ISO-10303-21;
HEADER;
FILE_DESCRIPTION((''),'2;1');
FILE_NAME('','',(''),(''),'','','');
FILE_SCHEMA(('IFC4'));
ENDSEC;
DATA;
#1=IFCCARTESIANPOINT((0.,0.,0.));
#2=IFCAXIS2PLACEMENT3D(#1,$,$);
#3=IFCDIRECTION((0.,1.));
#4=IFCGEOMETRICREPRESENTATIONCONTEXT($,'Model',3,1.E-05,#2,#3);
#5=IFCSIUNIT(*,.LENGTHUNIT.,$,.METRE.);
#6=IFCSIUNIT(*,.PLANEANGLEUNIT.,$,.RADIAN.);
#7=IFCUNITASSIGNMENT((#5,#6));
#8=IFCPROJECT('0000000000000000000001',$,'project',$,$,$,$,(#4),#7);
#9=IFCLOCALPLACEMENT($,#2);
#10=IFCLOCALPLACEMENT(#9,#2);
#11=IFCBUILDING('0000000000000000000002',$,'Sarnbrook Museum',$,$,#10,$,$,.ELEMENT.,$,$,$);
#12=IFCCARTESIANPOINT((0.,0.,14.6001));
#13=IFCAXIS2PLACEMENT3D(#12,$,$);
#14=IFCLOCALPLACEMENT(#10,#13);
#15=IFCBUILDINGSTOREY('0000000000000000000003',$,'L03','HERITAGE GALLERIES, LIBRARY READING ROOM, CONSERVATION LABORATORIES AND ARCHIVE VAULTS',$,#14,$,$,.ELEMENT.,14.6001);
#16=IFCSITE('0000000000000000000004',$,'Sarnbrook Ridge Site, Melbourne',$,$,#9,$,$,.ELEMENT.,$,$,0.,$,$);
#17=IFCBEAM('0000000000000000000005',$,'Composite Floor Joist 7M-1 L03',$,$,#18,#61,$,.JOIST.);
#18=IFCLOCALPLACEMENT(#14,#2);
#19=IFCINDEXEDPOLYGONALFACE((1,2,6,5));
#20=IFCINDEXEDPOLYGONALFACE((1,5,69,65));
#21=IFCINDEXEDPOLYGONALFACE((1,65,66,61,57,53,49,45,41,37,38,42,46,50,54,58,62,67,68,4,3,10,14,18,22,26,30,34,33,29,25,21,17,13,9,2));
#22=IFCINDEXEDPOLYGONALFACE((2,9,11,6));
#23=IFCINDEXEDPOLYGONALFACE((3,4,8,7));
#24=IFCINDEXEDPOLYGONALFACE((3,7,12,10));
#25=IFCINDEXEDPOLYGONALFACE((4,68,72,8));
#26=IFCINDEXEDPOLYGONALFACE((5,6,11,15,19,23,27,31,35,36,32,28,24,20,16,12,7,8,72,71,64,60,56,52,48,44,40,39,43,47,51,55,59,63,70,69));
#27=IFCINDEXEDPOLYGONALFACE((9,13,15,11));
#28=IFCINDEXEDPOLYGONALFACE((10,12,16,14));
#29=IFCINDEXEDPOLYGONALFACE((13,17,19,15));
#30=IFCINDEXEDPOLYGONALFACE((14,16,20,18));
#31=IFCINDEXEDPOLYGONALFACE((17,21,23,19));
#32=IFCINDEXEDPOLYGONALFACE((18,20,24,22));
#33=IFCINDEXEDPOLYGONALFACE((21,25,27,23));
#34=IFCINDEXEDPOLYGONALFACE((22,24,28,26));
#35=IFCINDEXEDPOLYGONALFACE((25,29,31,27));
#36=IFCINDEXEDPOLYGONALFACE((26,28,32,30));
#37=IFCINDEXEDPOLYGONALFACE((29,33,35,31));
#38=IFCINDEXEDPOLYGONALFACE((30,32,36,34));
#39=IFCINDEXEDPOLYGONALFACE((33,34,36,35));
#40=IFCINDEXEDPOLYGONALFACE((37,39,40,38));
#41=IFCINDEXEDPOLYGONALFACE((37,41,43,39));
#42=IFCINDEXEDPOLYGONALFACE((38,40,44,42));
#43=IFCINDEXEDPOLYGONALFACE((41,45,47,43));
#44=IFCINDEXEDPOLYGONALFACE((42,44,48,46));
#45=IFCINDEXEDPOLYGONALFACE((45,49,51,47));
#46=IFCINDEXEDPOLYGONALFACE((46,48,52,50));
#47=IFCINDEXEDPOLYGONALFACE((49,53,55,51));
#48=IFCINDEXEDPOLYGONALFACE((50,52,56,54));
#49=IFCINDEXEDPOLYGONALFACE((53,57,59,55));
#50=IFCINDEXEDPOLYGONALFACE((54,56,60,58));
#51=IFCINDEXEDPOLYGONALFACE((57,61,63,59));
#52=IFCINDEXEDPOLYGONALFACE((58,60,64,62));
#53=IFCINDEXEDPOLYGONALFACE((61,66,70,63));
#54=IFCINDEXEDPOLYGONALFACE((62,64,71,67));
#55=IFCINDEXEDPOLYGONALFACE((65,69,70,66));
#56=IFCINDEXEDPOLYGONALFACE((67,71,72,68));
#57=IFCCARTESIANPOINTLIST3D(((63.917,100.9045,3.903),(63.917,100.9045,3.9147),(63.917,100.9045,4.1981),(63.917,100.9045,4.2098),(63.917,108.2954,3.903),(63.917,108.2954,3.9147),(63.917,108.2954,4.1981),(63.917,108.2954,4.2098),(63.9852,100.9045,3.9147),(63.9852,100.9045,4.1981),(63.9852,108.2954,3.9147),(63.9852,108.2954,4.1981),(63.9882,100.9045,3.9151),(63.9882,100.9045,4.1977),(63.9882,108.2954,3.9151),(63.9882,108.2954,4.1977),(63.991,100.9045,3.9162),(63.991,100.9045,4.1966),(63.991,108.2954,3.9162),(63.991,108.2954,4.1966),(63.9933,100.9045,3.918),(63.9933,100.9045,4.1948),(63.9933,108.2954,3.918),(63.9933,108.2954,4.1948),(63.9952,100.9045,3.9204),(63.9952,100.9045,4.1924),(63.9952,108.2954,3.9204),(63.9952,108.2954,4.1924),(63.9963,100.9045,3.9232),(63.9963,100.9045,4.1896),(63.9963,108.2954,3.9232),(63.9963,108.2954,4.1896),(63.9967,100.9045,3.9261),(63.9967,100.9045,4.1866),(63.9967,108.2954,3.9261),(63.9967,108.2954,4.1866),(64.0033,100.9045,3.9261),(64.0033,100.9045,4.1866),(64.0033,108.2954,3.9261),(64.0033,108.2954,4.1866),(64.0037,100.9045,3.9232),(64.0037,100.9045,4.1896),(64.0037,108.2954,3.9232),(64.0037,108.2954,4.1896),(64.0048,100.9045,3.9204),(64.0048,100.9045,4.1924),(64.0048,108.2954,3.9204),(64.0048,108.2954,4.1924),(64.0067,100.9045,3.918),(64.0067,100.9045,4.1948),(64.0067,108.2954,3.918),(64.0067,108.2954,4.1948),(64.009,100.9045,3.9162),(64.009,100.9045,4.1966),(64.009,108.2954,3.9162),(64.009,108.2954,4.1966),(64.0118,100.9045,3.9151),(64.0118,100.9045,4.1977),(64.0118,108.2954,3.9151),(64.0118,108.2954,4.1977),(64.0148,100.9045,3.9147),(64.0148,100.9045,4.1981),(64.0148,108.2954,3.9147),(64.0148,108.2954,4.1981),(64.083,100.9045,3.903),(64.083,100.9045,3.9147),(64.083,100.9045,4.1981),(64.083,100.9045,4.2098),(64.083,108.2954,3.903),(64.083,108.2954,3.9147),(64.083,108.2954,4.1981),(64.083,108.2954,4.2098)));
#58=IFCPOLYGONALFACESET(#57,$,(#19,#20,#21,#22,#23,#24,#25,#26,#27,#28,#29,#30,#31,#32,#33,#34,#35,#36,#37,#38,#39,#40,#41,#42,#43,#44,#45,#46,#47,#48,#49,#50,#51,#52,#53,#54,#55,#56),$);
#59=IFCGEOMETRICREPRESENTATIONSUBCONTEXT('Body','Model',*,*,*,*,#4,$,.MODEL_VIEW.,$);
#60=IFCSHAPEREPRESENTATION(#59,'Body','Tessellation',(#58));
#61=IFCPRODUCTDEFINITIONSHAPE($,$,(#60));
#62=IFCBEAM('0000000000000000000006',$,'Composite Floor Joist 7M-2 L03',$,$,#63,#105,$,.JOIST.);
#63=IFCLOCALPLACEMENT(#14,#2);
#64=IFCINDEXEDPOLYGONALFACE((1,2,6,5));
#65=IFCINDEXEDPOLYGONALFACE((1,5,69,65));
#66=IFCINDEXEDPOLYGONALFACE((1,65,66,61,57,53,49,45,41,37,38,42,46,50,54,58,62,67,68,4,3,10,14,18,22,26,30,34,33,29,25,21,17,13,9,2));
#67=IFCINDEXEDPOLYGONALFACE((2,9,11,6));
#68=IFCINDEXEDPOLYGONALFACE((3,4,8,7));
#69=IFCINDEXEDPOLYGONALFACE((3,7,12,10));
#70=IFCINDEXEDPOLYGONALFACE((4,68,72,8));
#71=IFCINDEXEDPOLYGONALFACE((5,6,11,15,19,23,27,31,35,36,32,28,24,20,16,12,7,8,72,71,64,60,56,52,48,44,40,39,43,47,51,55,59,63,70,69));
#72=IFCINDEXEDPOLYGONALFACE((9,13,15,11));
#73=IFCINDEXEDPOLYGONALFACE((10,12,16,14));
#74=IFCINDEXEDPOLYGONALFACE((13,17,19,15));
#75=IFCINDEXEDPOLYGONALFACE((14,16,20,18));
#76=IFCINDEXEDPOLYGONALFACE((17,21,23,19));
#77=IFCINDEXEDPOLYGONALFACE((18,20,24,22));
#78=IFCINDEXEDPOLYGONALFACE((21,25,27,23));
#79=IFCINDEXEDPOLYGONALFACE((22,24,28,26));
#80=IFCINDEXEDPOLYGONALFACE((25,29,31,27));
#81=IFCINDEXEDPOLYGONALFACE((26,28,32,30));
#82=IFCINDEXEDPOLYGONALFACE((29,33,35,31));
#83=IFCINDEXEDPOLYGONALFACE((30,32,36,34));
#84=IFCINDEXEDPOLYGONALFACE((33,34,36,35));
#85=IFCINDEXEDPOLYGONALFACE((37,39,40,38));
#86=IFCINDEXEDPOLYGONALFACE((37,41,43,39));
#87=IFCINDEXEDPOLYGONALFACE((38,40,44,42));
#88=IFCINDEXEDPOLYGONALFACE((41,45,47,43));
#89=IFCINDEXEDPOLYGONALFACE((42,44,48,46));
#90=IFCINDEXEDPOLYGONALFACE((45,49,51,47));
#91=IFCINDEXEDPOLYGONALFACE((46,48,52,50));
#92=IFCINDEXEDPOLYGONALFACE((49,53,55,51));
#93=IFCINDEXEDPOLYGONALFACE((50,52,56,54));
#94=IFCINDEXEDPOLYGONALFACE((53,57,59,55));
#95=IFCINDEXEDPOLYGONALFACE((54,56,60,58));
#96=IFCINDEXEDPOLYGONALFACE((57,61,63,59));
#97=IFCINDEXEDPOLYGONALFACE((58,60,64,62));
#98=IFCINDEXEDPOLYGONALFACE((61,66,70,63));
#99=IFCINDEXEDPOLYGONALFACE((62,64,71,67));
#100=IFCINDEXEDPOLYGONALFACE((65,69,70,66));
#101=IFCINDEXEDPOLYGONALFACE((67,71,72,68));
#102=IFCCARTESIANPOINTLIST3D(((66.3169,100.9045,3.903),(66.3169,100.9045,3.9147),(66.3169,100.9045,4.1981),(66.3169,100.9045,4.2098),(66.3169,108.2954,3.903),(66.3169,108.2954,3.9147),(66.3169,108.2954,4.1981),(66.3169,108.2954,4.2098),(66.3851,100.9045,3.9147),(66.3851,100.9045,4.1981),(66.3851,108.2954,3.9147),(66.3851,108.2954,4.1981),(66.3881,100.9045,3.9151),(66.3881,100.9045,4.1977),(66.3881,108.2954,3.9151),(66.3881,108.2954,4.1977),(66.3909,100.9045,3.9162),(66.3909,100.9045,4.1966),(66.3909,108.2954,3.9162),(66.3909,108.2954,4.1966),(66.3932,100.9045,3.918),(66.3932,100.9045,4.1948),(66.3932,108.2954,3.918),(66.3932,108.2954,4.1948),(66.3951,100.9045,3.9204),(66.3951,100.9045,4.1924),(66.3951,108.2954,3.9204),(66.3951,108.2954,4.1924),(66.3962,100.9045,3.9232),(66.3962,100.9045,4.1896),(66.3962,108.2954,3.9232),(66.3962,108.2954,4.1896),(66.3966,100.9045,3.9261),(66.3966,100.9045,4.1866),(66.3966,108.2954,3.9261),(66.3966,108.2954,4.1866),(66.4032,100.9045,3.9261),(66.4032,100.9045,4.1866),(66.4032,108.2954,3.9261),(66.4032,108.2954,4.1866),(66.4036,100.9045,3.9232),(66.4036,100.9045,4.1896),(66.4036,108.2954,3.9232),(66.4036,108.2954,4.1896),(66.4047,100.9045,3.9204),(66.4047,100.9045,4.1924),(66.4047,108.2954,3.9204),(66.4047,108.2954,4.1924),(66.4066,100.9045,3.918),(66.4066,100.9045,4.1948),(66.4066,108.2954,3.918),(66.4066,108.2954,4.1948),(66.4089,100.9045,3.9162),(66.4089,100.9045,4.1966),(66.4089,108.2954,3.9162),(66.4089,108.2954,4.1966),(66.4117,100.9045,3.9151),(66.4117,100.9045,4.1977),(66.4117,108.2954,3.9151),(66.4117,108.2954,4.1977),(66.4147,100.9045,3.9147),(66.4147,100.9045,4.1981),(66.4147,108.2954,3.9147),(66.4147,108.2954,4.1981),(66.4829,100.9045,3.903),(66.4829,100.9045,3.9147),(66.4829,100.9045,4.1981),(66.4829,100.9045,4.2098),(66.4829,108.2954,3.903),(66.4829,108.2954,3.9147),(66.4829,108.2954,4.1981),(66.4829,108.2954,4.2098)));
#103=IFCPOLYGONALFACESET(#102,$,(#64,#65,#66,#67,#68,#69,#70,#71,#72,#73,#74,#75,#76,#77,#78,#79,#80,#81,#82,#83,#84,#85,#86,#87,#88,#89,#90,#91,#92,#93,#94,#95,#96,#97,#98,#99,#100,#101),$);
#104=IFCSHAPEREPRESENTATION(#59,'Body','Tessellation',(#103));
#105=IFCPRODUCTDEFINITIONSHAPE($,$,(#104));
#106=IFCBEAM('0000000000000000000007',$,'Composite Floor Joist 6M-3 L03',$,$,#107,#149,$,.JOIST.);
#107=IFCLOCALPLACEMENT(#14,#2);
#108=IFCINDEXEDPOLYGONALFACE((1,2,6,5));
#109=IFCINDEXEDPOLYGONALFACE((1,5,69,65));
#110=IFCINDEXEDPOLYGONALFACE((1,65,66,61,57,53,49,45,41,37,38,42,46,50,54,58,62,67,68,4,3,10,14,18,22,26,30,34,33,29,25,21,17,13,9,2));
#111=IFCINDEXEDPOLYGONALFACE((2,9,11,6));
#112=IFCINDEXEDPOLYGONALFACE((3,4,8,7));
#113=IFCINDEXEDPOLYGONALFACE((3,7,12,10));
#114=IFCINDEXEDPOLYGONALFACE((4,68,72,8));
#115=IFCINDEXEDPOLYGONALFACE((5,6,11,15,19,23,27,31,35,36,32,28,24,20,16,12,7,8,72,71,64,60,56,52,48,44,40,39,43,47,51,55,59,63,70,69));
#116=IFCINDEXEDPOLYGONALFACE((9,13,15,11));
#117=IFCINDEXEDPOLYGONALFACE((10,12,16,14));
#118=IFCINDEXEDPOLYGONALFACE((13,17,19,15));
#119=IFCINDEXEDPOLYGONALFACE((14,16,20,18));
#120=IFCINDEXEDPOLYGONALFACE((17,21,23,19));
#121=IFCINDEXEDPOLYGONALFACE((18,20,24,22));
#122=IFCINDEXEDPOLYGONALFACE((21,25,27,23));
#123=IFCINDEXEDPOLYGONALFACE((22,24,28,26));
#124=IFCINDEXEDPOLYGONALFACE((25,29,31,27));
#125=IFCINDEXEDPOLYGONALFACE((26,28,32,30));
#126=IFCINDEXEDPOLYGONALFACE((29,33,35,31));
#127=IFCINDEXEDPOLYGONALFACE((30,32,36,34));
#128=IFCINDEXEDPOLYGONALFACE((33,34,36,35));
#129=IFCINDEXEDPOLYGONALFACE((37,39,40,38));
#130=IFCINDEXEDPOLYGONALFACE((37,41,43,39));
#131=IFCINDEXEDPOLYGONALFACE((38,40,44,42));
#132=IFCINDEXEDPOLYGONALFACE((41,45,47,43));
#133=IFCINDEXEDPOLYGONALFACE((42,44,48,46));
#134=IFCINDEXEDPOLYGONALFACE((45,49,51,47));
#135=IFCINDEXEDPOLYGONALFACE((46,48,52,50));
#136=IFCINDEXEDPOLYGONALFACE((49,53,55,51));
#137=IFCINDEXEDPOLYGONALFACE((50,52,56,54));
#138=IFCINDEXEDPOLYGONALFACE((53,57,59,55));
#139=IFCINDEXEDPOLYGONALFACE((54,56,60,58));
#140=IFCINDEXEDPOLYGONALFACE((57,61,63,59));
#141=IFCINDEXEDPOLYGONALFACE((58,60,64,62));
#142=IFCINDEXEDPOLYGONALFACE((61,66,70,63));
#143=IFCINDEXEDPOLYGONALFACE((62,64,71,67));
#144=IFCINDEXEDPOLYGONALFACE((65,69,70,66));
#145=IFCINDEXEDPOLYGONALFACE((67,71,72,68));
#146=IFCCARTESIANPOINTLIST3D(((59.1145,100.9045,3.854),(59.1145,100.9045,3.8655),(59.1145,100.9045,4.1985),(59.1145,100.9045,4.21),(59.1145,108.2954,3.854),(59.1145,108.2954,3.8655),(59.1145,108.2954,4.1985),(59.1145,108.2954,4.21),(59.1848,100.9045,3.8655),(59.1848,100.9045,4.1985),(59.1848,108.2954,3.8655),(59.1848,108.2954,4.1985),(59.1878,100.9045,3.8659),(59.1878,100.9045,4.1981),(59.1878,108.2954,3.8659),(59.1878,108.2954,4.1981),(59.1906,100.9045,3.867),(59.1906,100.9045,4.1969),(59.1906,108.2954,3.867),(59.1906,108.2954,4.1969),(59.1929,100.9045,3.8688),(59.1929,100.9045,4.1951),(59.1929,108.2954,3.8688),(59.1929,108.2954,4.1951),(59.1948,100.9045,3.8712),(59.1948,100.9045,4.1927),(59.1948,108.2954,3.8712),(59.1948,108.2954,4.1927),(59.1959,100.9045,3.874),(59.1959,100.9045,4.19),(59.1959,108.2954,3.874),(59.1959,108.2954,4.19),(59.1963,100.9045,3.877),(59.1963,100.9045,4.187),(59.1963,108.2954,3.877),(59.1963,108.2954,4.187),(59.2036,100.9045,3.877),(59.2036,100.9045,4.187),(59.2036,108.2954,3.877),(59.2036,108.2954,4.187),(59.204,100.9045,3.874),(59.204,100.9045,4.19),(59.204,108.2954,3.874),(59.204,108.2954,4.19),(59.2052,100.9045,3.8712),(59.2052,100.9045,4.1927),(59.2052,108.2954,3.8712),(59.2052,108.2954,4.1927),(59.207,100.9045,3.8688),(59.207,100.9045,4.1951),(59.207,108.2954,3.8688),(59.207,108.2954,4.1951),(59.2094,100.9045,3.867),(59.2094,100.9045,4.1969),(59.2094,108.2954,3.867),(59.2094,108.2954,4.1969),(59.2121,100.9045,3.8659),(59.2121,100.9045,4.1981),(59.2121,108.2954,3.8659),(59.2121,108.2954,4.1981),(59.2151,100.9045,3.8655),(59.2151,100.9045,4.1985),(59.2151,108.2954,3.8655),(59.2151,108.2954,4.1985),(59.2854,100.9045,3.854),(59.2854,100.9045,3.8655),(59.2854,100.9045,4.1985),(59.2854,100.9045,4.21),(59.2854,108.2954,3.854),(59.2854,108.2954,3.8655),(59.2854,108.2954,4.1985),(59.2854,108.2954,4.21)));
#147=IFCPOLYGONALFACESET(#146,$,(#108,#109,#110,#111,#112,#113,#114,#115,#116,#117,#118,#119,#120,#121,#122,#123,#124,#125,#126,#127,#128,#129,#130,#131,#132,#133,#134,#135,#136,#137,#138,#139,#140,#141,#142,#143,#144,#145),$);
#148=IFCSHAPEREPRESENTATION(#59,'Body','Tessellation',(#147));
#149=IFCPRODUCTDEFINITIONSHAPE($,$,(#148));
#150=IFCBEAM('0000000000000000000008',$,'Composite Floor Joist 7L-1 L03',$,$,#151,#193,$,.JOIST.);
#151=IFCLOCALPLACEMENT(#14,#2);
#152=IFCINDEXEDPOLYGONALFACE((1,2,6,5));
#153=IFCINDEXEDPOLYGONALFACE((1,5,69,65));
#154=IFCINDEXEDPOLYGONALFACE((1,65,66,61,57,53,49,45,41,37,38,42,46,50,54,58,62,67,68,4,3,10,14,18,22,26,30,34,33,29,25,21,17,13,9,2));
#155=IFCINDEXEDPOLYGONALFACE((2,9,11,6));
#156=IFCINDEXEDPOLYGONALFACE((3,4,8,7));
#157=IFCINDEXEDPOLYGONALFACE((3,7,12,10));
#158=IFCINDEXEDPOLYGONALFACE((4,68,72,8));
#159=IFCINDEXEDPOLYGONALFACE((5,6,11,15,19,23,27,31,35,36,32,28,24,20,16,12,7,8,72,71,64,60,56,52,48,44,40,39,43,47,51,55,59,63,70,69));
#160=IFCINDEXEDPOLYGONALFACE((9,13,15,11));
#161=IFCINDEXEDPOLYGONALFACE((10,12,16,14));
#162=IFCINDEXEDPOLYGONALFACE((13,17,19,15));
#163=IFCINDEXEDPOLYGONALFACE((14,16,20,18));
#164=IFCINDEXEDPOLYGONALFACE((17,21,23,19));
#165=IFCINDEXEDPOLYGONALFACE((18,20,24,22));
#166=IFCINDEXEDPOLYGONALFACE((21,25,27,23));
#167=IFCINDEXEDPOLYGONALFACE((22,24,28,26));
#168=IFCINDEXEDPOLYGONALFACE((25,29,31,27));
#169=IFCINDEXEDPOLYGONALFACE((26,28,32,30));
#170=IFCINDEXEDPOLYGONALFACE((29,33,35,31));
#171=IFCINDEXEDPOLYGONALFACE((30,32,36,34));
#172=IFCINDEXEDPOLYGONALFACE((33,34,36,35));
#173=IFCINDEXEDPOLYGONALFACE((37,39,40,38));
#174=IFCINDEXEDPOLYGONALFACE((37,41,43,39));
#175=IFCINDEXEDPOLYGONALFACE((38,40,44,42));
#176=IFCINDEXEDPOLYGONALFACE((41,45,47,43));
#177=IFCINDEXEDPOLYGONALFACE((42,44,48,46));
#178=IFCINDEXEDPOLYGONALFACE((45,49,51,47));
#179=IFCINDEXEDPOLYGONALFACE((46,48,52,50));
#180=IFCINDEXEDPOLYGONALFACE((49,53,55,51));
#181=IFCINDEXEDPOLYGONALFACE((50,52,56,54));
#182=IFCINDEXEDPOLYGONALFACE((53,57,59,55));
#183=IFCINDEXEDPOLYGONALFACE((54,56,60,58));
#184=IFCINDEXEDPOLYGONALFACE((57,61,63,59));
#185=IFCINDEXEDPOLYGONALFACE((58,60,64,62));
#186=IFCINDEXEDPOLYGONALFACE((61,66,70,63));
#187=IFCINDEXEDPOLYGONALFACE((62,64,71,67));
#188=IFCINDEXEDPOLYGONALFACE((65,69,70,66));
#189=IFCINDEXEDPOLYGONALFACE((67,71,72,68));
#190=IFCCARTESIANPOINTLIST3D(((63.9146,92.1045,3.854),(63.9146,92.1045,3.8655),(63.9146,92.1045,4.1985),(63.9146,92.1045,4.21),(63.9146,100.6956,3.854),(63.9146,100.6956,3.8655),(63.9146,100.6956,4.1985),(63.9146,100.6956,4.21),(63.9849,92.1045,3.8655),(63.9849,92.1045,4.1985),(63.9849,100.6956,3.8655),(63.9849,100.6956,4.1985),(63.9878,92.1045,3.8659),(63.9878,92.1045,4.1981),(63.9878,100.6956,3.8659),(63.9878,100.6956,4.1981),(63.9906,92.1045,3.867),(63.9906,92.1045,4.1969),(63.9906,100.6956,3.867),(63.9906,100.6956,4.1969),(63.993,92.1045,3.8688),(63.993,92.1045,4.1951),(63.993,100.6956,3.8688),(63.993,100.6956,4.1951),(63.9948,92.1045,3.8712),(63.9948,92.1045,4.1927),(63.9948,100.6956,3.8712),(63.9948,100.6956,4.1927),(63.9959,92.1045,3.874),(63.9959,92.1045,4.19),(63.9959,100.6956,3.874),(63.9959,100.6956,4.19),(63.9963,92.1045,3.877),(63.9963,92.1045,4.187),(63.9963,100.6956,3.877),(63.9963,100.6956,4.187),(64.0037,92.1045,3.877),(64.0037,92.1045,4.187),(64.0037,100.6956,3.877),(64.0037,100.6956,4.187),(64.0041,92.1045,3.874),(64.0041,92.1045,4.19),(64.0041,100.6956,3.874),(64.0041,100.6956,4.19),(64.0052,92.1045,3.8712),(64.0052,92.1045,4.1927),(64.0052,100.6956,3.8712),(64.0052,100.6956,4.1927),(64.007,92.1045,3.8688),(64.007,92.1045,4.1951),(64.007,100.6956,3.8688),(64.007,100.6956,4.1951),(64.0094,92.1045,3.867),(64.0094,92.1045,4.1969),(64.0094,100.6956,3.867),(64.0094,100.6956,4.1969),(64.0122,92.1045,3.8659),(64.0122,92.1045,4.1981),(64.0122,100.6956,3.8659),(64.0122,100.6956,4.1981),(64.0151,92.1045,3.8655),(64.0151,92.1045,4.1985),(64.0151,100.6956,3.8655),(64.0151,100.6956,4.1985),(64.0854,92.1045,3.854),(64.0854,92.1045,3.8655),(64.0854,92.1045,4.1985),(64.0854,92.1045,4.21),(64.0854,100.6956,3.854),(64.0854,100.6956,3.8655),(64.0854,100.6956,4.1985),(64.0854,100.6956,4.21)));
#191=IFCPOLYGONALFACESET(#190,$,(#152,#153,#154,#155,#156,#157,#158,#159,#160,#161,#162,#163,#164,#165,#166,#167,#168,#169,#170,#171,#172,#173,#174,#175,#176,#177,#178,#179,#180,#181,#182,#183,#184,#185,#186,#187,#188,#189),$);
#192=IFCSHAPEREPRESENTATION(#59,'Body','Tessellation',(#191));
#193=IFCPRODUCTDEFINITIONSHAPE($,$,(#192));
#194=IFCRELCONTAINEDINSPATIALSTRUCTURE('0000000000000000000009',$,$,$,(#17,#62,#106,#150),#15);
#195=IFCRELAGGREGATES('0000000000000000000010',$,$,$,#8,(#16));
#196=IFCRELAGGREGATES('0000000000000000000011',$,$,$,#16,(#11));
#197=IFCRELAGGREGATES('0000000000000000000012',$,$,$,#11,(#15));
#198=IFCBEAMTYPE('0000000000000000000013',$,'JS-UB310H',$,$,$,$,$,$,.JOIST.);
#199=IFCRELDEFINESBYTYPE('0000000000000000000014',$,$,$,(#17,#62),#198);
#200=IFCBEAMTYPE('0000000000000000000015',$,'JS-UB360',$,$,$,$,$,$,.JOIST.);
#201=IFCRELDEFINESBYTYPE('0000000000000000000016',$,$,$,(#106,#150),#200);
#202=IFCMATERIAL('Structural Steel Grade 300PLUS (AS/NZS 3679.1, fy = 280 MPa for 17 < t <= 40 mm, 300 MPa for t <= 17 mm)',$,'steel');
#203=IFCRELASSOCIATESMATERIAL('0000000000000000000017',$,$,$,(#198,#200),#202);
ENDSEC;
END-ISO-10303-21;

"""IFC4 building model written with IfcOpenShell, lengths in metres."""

from ifc_helpers import new_model, si_unit, direction, frame, origin, origin_2d, place, context, subcontext, project, spatial, i_section, extrude, material, material_profile, profile_set, type_object, element, save


model = new_model("IFC4")

# Units and contexts
model_context = context("Model", 3, precision=1e-05, world=origin(), true_north=direction((0.0, 1.0)))
body_context = subcontext(model_context, "Body", "Model", "MODEL_VIEW")
ifc_project = project(units=[si_unit("LENGTHUNIT", "METRE"), si_unit("PLANEANGLEUNIT", "RADIAN")], contexts=[model_context])

# Site, building, storey
site_placement = place(None, origin())
site = spatial("IfcSite", under=ifc_project, at=site_placement, Name="Sarnbrook Ridge Site, Melbourne", CompositionType="ELEMENT", RefElevation=0.0)
building_placement = place(site_placement, origin())
building = spatial("IfcBuilding", under=site, at=building_placement, Name="Sarnbrook Museum", CompositionType="ELEMENT")
storey_placement = place(building_placement, frame((0.0, 0.0, 14.6001)))
storey = spatial("IfcBuildingStorey", under=building, at=storey_placement, Name="L03", Description="HERITAGE GALLERIES, LIBRARY READING ROOM, CONSERVATION LABORATORIES AND ARCHIVE VAULTS", CompositionType="ELEMENT", Elevation=14.6001)

# Shared definitions
ifc_material_1 = material(Name="Structural Steel Grade 300PLUS (AS/NZS 3679.1, fy = 280 MPa for 17 < t <= 40 mm, 300 MPa for t <= 17 mm)", Category="steel")

# Beams
ifc_material_profile_1 = material_profile(ifc_material_1, i_section(OverallWidth=0.166, OverallDepth=0.3069, WebThickness=0.0066, FlangeThickness=0.0117, FilletRadius=0.0115, at=origin_2d()), Name="310UB46.2")
ifc_profile_set_1 = profile_set([ifc_material_profile_1], Name="Structural Steel Grade 300PLUS (AS/NZS 3679.1, fy = 280 MPa for 17 < t <= 40 mm, 300 MPa for t <= 17 mm)")
beam_type_1 = type_object("IfcBeamType", Name="JS-UB310H", PredefinedType="JOIST", material=ifc_profile_set_1)
for number, where, z_axis, x_axis, name in (
    (1, (64.0, 100.9045, 4.0564), (0.0, 1.0, 0.0), (-1.0, 0.0, 0.0), "Composite Floor Joist 7M-1 L03"),
    (2, (66.3999, 100.9045, 4.0564), (0.0, 1.0, 0.0), (-1.0, 0.0, 0.0), "Composite Floor Joist 7M-2 L03"),
):
    element("IfcBeam", number, at=place(storey_placement, frame(where, z_axis=z_axis, x_axis=x_axis)), inside=storey, type_object=beam_type_1, Name=name, PredefinedType="JOIST", context=body_context, shape_type="SweptSolid", body=[
        extrude(i_section(OverallWidth=0.166, OverallDepth=0.3069, WebThickness=0.0066, FlangeThickness=0.0117, FilletRadius=0.0115, at=origin_2d()), origin(), (0.0, 0.0, 1.0), 7.3909),
    ])
ifc_material_profile_2 = material_profile(ifc_material_1, i_section(OverallWidth=0.1709, OverallDepth=0.356, WebThickness=0.0073, FlangeThickness=0.0115, FilletRadius=0.0115, at=origin_2d()), Name="360UB50.7")
ifc_profile_set_2 = profile_set([ifc_material_profile_2], Name="Structural Steel Grade 300PLUS (AS/NZS 3679.1, fy = 280 MPa for 17 < t <= 40 mm, 300 MPa for t <= 17 mm)")
beam_type_2 = type_object("IfcBeamType", Name="JS-UB360", PredefinedType="JOIST", material=ifc_profile_set_2)
beam_1_placement = place(storey_placement, frame((59.2, 100.9045, 4.032), z_axis=(0.0, 1.0, 0.0), x_axis=(-1.0, 0.0, 0.0)))
element("IfcBeam", 3, at=beam_1_placement, inside=storey, type_object=beam_type_2, Name="Composite Floor Joist 6M-3 L03", PredefinedType="JOIST", context=body_context, shape_type="SweptSolid", body=[
    extrude(i_section(OverallWidth=0.1709, OverallDepth=0.356, WebThickness=0.0073, FlangeThickness=0.0115, FilletRadius=0.0115, at=origin_2d()), origin(), (0.0, 0.0, 1.0), 7.3909),
])
for number, where, z_axis, x_axis, name in (
    (4, (64.0, 92.1045, 4.032), (0.0, 1.0, 0.0), (-1.0, 0.0, 0.0), "Composite Floor Joist 7L-1 L03"),
):
    element("IfcBeam", number, at=place(storey_placement, frame(where, z_axis=z_axis, x_axis=x_axis)), inside=storey, type_object=beam_type_2, Name=name, PredefinedType="JOIST", context=body_context, shape_type="SweptSolid", body=[
        extrude(i_section(OverallWidth=0.1709, OverallDepth=0.356, WebThickness=0.0073, FlangeThickness=0.0115, FilletRadius=0.0115, at=origin_2d()), origin(), (0.0, 0.0, 1.0), 8.5911),
    ])

save(model, "model.ifc")
